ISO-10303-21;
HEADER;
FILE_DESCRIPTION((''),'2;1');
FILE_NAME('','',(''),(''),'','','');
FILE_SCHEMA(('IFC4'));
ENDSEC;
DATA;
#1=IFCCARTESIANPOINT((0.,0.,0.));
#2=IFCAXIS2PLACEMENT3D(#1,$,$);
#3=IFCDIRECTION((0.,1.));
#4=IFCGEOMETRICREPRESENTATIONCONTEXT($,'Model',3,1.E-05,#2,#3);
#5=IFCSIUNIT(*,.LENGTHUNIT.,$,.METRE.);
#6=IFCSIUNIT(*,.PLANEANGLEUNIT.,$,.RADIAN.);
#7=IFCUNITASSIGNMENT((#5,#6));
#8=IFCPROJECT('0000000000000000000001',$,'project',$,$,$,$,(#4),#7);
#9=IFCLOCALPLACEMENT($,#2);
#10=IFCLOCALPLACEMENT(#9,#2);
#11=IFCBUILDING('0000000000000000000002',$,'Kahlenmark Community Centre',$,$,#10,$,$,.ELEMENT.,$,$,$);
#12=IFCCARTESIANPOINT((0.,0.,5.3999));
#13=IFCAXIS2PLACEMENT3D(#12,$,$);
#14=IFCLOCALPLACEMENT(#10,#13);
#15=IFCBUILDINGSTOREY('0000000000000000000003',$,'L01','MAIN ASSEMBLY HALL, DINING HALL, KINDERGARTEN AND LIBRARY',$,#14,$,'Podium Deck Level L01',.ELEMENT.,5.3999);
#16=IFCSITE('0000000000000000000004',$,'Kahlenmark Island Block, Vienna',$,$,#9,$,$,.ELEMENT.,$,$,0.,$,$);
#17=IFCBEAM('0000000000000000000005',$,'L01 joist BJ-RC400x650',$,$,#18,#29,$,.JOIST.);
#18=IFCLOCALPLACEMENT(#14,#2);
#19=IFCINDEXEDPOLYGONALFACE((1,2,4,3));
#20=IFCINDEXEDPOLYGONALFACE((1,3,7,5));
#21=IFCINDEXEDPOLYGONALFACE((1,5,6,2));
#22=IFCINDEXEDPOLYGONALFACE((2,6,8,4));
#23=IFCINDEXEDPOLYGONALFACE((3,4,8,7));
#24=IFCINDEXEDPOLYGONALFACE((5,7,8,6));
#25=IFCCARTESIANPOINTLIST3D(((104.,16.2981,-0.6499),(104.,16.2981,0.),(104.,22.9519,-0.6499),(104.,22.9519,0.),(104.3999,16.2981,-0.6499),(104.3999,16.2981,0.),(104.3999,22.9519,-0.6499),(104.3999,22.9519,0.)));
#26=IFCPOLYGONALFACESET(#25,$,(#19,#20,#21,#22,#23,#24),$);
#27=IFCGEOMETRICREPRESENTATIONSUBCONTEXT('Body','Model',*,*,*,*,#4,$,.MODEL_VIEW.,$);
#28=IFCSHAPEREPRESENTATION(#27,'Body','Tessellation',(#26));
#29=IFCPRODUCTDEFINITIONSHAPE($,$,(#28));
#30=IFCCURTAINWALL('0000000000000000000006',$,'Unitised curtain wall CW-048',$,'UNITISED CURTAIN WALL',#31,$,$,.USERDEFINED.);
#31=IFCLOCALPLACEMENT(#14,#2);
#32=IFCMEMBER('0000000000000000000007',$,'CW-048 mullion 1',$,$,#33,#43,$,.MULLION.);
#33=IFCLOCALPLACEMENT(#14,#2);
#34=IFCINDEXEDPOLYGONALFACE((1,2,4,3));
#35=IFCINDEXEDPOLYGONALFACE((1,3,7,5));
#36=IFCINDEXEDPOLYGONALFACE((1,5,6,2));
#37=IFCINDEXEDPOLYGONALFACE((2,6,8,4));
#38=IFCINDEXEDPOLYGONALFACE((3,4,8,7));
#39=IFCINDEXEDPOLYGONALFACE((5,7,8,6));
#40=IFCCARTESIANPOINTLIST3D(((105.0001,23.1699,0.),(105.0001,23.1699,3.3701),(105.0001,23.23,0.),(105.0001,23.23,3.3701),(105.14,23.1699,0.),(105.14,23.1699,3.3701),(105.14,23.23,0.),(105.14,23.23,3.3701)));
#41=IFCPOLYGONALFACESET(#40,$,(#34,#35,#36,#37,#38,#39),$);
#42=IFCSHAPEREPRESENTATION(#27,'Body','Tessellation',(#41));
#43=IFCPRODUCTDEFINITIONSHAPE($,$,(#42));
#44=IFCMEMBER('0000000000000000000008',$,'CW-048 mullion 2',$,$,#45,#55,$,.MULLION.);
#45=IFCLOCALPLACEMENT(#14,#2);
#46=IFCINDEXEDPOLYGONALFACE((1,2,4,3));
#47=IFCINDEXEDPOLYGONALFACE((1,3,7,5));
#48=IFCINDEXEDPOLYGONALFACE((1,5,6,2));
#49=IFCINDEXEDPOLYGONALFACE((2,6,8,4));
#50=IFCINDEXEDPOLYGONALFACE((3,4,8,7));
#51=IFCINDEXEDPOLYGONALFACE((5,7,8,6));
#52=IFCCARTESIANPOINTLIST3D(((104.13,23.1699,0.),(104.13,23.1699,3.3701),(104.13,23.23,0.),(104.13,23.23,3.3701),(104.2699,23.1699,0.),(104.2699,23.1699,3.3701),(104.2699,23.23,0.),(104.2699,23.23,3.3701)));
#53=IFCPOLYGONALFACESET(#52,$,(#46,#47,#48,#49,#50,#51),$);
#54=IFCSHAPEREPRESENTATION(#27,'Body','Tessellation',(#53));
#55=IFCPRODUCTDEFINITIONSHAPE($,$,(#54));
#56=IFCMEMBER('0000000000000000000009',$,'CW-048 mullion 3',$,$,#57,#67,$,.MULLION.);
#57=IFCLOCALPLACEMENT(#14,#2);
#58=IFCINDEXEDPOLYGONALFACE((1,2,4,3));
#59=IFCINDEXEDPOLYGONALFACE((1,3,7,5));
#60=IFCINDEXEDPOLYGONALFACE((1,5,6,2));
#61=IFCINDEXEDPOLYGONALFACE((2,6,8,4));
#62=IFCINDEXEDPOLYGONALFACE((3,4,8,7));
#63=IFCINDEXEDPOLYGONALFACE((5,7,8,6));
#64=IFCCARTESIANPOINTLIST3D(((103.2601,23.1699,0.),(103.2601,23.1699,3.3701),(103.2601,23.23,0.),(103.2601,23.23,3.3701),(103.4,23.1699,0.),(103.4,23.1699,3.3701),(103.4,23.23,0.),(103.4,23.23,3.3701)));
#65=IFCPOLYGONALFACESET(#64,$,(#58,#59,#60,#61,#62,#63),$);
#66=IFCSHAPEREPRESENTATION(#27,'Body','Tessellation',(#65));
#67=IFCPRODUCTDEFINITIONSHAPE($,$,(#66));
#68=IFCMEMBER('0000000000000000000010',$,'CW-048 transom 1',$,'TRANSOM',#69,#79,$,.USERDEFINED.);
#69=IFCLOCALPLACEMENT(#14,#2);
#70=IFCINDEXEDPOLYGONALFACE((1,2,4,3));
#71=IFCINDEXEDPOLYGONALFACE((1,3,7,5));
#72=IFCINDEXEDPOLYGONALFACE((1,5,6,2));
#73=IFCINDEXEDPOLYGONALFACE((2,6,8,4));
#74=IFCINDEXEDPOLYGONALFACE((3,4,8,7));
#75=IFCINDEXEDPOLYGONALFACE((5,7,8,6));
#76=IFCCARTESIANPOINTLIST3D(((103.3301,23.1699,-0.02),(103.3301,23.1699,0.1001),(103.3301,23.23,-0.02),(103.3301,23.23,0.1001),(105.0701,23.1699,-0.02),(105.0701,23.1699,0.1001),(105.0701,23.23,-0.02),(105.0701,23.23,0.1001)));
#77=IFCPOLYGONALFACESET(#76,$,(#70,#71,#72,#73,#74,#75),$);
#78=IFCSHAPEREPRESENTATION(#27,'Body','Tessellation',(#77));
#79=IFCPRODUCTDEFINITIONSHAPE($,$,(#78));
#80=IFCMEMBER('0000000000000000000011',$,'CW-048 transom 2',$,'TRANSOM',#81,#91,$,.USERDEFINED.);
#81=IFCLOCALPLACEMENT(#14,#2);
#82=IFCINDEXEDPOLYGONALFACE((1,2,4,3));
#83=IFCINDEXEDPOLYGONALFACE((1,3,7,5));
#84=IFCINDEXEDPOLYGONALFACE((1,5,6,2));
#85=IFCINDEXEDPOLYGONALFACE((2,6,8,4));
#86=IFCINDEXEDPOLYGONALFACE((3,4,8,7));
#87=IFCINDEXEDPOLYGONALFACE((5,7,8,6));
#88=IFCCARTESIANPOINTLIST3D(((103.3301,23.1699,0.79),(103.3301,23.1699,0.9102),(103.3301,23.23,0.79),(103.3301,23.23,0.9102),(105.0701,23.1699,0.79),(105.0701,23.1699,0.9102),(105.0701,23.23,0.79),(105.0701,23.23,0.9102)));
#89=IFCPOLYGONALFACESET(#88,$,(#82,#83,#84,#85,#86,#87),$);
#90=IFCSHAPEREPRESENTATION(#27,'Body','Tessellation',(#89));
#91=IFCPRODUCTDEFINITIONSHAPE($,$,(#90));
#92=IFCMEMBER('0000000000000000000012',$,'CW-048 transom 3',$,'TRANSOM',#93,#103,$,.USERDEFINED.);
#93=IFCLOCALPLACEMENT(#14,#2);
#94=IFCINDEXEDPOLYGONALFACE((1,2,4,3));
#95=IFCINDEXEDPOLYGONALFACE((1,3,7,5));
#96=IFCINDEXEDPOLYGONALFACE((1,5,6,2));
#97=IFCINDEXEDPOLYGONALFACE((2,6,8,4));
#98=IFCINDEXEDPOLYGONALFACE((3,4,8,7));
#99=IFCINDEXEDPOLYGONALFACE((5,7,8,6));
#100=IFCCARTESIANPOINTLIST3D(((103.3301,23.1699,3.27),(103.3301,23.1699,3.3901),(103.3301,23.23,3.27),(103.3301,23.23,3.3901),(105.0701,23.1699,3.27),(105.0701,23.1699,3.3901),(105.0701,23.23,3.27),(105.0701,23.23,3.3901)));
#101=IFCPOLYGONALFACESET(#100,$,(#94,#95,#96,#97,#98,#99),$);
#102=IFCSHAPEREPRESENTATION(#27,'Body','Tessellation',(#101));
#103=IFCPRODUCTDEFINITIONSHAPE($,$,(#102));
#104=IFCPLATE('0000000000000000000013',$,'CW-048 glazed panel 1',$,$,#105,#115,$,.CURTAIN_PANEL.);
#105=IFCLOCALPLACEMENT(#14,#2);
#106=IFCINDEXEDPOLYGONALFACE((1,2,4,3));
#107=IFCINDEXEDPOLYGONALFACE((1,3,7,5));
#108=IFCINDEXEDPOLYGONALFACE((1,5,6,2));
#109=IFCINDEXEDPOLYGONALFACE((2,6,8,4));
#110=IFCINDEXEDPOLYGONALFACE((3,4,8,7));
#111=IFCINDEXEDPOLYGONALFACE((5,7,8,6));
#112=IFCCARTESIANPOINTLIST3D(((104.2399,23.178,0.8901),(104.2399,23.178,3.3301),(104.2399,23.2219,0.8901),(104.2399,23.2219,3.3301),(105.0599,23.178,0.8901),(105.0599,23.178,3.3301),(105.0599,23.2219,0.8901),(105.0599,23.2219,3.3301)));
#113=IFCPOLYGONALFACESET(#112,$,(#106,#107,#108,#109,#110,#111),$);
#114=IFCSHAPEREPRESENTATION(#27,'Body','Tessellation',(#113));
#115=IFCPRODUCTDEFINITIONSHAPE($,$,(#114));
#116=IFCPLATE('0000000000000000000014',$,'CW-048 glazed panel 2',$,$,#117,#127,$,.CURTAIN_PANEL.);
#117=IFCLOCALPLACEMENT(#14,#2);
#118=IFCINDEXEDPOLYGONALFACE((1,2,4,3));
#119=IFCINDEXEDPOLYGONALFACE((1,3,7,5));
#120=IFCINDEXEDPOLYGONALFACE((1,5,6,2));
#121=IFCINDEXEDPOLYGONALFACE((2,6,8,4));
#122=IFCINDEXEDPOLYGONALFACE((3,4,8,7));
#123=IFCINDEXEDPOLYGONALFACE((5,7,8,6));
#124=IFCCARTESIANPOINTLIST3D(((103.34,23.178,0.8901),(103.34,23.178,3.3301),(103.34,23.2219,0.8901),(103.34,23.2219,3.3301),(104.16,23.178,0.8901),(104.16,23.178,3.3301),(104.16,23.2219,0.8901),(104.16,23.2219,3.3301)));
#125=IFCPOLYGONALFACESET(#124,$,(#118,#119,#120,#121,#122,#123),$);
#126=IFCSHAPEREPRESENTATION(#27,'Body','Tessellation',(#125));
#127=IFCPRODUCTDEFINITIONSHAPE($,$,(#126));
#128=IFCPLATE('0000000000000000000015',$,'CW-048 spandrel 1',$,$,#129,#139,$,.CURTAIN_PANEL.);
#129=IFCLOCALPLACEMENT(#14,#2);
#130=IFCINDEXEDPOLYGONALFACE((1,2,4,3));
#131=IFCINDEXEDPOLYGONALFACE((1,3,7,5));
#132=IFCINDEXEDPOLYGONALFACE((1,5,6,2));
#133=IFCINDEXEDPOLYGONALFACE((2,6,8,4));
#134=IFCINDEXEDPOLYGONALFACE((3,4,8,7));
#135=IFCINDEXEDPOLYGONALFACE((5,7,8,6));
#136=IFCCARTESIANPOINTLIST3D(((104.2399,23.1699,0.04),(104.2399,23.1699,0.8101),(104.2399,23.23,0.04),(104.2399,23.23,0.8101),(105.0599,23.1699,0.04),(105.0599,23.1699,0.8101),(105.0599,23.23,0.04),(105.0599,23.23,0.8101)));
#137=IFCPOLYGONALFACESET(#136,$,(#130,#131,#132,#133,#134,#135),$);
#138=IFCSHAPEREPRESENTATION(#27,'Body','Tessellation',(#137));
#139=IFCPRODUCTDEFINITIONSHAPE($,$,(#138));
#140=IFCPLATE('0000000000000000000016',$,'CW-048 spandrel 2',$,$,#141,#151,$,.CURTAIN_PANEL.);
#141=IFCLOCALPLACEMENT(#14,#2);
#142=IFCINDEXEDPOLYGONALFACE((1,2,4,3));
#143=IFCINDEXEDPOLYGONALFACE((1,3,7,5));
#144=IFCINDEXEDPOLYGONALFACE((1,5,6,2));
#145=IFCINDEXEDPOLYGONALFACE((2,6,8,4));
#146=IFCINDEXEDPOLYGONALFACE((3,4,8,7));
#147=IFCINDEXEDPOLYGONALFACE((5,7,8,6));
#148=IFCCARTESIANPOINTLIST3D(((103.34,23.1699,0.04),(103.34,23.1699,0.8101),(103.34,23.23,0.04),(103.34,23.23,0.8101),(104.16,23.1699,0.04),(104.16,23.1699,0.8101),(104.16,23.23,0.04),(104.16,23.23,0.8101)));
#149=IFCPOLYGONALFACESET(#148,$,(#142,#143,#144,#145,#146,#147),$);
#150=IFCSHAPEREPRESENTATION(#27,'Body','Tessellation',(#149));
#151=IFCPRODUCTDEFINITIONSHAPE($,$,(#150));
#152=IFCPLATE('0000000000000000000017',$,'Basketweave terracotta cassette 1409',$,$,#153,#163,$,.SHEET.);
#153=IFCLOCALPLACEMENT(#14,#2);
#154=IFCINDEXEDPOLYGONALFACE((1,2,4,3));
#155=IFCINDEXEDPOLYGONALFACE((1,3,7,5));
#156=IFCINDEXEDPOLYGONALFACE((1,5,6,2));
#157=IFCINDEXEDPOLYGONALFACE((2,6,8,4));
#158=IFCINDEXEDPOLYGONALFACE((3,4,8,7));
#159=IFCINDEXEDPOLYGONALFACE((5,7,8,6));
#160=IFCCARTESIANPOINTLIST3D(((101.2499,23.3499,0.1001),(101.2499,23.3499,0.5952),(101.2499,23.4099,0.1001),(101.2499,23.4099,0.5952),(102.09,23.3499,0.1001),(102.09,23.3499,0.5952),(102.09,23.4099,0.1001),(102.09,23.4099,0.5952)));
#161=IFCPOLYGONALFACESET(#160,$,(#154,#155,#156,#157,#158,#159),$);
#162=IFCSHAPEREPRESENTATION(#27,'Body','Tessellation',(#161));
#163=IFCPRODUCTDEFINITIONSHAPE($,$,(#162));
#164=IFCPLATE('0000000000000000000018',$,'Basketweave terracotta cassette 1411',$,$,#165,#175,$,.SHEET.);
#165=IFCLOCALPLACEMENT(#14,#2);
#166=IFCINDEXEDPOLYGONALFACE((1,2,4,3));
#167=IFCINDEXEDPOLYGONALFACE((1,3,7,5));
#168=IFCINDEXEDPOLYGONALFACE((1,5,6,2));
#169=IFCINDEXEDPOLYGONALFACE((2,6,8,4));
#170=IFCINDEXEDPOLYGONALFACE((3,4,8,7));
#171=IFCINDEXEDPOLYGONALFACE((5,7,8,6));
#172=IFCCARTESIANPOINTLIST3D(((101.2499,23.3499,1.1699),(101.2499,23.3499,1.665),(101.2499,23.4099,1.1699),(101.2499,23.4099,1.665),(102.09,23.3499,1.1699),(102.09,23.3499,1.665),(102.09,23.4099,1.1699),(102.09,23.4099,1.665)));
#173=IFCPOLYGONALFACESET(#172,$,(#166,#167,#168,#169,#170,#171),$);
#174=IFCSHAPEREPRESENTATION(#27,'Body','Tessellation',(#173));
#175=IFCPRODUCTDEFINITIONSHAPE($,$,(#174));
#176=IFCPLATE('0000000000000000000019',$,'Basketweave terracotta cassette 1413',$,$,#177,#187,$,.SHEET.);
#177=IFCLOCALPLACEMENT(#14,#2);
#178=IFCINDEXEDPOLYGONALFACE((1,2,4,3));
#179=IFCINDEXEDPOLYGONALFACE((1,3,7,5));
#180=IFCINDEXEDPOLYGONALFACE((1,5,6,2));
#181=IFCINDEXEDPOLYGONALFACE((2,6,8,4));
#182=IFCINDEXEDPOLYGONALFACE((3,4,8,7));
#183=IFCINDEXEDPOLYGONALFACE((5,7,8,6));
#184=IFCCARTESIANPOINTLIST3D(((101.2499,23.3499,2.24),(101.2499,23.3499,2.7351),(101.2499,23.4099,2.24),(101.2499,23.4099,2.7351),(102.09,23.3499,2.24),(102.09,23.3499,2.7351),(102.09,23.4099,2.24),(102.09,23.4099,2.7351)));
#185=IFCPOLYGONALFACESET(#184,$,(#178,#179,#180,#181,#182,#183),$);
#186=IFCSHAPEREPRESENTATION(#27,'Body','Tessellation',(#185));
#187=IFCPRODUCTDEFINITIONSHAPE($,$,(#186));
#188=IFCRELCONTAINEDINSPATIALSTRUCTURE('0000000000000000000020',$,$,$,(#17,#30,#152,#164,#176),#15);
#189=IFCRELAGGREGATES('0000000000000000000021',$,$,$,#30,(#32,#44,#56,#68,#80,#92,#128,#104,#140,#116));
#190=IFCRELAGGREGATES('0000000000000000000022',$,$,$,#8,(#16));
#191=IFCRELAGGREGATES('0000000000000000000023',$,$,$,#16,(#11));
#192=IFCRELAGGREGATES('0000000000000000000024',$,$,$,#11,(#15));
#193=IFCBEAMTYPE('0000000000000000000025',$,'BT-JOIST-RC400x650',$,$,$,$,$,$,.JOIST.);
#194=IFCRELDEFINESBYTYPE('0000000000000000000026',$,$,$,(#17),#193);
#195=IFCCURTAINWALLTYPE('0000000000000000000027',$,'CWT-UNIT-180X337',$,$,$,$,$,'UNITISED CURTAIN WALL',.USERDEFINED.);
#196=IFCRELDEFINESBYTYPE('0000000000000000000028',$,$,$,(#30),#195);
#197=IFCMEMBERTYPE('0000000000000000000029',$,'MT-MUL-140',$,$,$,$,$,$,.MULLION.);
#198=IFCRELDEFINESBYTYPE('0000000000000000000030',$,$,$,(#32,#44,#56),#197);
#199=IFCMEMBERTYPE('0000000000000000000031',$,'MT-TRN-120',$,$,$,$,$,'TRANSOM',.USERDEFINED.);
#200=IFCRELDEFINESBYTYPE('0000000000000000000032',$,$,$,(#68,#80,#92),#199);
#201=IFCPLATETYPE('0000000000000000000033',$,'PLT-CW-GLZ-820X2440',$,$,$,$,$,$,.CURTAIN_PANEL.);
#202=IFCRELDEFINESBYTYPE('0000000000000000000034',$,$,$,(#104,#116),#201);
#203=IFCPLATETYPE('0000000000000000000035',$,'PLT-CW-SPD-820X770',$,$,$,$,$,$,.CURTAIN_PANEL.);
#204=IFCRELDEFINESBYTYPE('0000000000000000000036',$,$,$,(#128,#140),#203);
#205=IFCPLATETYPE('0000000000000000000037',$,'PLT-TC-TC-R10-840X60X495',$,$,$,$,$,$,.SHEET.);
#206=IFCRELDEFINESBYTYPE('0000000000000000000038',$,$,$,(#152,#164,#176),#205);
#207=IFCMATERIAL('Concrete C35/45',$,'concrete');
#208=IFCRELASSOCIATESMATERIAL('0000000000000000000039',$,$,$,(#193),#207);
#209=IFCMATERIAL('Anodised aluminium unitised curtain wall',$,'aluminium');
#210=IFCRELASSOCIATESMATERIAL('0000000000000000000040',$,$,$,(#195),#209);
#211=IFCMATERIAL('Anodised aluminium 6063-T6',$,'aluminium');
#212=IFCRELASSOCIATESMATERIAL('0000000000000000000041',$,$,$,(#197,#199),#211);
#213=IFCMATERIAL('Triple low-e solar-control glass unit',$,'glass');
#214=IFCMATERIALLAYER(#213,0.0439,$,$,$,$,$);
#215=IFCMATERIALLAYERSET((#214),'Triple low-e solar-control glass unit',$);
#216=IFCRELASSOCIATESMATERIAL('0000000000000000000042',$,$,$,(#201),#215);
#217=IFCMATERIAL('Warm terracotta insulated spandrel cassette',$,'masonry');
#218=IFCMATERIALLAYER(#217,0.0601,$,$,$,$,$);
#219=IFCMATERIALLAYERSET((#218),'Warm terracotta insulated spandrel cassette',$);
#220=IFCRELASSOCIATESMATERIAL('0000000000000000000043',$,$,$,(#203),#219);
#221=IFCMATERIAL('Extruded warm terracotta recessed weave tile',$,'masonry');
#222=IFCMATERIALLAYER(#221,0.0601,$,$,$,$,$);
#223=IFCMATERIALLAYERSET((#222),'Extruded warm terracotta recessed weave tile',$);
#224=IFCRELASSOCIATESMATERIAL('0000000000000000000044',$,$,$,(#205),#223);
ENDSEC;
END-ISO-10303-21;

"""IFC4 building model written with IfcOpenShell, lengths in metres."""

from ifc_helpers import new_model, si_unit, direction, frame, origin, origin_2d, place, context, subcontext, project, spatial, rectangle, extrude, material, layer, layer_set, material_profile, profile_set, type_object, element, aggregate, save


model = new_model("IFC4")

# Units and contexts
model_context = context("Model", 3, precision=1e-05, world=origin(), true_north=direction((0.0, 1.0)))
body_context = subcontext(model_context, "Body", "Model", "MODEL_VIEW")
ifc_project = project(units=[si_unit("LENGTHUNIT", "METRE"), si_unit("PLANEANGLEUNIT", "RADIAN")], contexts=[model_context])

# Site, building, storey
site_placement = place(None, origin())
site = spatial("IfcSite", under=ifc_project, at=site_placement, Name="Kahlenmark Island Block, Vienna", CompositionType="ELEMENT", RefElevation=0.0)
building_placement = place(site_placement, origin())
building = spatial("IfcBuilding", under=site, at=building_placement, Name="Kahlenmark Community Centre", CompositionType="ELEMENT")
storey_placement = place(building_placement, frame((0.0, 0.0, 5.3999)))
storey = spatial("IfcBuildingStorey", under=building, at=storey_placement, Name="L01", Description="MAIN ASSEMBLY HALL, DINING HALL, KINDERGARTEN AND LIBRARY", LongName="Podium Deck Level L01", CompositionType="ELEMENT", Elevation=5.3999)

# Beam
ifc_material_1 = material(Name="Concrete C35/45", Category="concrete")
ifc_material_profile_1 = material_profile(ifc_material_1, rectangle(XDim=0.3999, YDim=0.6499, at=origin_2d()), Name="RC 400x650")
ifc_profile_set_1 = profile_set([ifc_material_profile_1], Name="Concrete C35/45")
beam_type = type_object("IfcBeamType", Name="BT-JOIST-RC400x650", PredefinedType="JOIST", material=ifc_profile_set_1)
beam_placement = place(storey_placement, frame((104.2, 16.2981, -0.325), z_axis=(0.0, 1.0, 0.0), x_axis=(-1.0, 0.0, 0.0)))
element("IfcBeam", 1, at=beam_placement, inside=storey, type_object=beam_type, Name="L01 joist BJ-RC400x650", PredefinedType="JOIST", context=body_context, shape_type="SweptSolid", body=[
    extrude(rectangle(XDim=0.3999, YDim=0.6499, at=origin_2d()), origin(), (0.0, 0.0, 1.0), 6.6538),
])

# Curtain wall, members, plates
ifc_material_2 = material(Name="Anodised aluminium unitised curtain wall", Category="aluminium")
curtain_wall_type = type_object("IfcCurtainWallType", Name="CWT-UNIT-180X337", ElementType="UNITISED CURTAIN WALL", PredefinedType="USERDEFINED", material=ifc_material_2)
curtain_wall_placement = place(storey_placement, origin())
curtain_wall = element("IfcCurtainWall", 2, at=curtain_wall_placement, inside=storey, type_object=curtain_wall_type, Name="Unitised curtain wall CW-048", ObjectType="UNITISED CURTAIN WALL", PredefinedType="USERDEFINED")
ifc_material_3 = material(Name="Anodised aluminium 6063-T6", Category="aluminium")
ifc_material_profile_2 = material_profile(ifc_material_3, rectangle(XDim=0.0601, YDim=0.1399, at=origin_2d()), Name="ALU MULLION 60x140")
ifc_profile_set_2 = profile_set([ifc_material_profile_2], Name="Anodised aluminium 6063-T6")
member_type_1 = type_object("IfcMemberType", Name="MT-MUL-140", PredefinedType="MULLION", material=ifc_profile_set_2)
member_1_placement = place(storey_placement, frame((105.0701, 23.2, 0.0), z_axis=(0.0, 0.0, 1.0), x_axis=(0.0, -1.0, 0.0)))
member_1 = element("IfcMember", 3, at=member_1_placement, type_object=member_type_1, Name="CW-048 mullion 1", PredefinedType="MULLION", context=body_context, shape_type="SweptSolid", body=[
    extrude(rectangle(XDim=0.0601, YDim=0.1399, at=origin_2d()), origin(), (0.0, 0.0, 1.0), 3.3701),
])
member_2_placement = place(storey_placement, frame((104.2, 23.2, 0.0), z_axis=(0.0, 0.0, 1.0), x_axis=(0.0, -1.0, 0.0)))
member_2 = element("IfcMember", 4, at=member_2_placement, type_object=member_type_1, Name="CW-048 mullion 2", PredefinedType="MULLION", context=body_context, shape_type="SweptSolid", body=[
    extrude(rectangle(XDim=0.0601, YDim=0.1399, at=origin_2d()), origin(), (0.0, 0.0, 1.0), 3.3701),
])
member_3_placement = place(storey_placement, frame((103.3301, 23.2, 0.0), z_axis=(0.0, 0.0, 1.0), x_axis=(0.0, -1.0, 0.0)))
member_3 = element("IfcMember", 5, at=member_3_placement, type_object=member_type_1, Name="CW-048 mullion 3", PredefinedType="MULLION", context=body_context, shape_type="SweptSolid", body=[
    extrude(rectangle(XDim=0.0601, YDim=0.1399, at=origin_2d()), origin(), (0.0, 0.0, 1.0), 3.3701),
])
ifc_material_profile_3 = material_profile(ifc_material_3, rectangle(XDim=0.0601, YDim=0.1201, at=origin_2d()), Name="ALU TRANSOM 60x120")
ifc_profile_set_3 = profile_set([ifc_material_profile_3], Name="Anodised aluminium 6063-T6")
member_type_2 = type_object("IfcMemberType", Name="MT-TRN-120", ElementType="TRANSOM", PredefinedType="USERDEFINED", material=ifc_profile_set_3)
member_4_placement = place(storey_placement, frame((105.0701, 23.2, 0.04), z_axis=(-1.0, 0.0, 0.0), x_axis=(0.0, -1.0, 0.0)))
member_4 = element("IfcMember", 6, at=member_4_placement, type_object=member_type_2, Name="CW-048 transom 1", ObjectType="TRANSOM", PredefinedType="USERDEFINED", context=body_context, shape_type="SweptSolid", body=[
    extrude(rectangle(XDim=0.0601, YDim=0.1201, at=origin_2d()), origin(), (0.0, 0.0, 1.0), 1.74),
])
member_5_placement = place(storey_placement, frame((105.0701, 23.2, 0.8501), z_axis=(-1.0, 0.0, 0.0), x_axis=(0.0, -1.0, 0.0)))
member_5 = element("IfcMember", 7, at=member_5_placement, type_object=member_type_2, Name="CW-048 transom 2", ObjectType="TRANSOM", PredefinedType="USERDEFINED", context=body_context, shape_type="SweptSolid", body=[
    extrude(rectangle(XDim=0.0601, YDim=0.1201, at=origin_2d()), origin(), (0.0, 0.0, 1.0), 1.74),
])
member_6_placement = place(storey_placement, frame((105.0701, 23.2, 3.3301), z_axis=(-1.0, 0.0, 0.0), x_axis=(0.0, -1.0, 0.0)))
member_6 = element("IfcMember", 8, at=member_6_placement, type_object=member_type_2, Name="CW-048 transom 3", ObjectType="TRANSOM", PredefinedType="USERDEFINED", context=body_context, shape_type="SweptSolid", body=[
    extrude(rectangle(XDim=0.0601, YDim=0.1201, at=origin_2d()), origin(), (0.0, 0.0, 1.0), 1.74),
])
ifc_material_4 = material(Name="Triple low-e solar-control glass unit", Category="glass")
ifc_layer_1 = layer(ifc_material_4, 0.0439)
ifc_layer_set_1 = layer_set([ifc_layer_1], Name="Triple low-e solar-control glass unit")
plate_type_1 = type_object("IfcPlateType", Name="PLT-CW-GLZ-820X2440", PredefinedType="CURTAIN_PANEL", material=ifc_layer_set_1)
plate_1_placement = place(storey_placement, frame((104.6499, 23.2, 0.8901), z_axis=(0.0, 0.0, 1.0), x_axis=(-1.0, 0.0, 0.0)))
plate_1 = element("IfcPlate", 9, at=plate_1_placement, type_object=plate_type_1, Name="CW-048 glazed panel 1", PredefinedType="CURTAIN_PANEL", context=body_context, shape_type="SweptSolid", body=[
    extrude(rectangle(XDim=0.8201, YDim=0.0439, at=origin_2d()), origin(), (0.0, 0.0, 1.0), 2.4399),
])
plate_2_placement = place(storey_placement, frame((103.75, 23.2, 0.8901), z_axis=(0.0, 0.0, 1.0), x_axis=(-1.0, 0.0, 0.0)))
plate_2 = element("IfcPlate", 10, at=plate_2_placement, type_object=plate_type_1, Name="CW-048 glazed panel 2", PredefinedType="CURTAIN_PANEL", context=body_context, shape_type="SweptSolid", body=[
    extrude(rectangle(XDim=0.8201, YDim=0.0439, at=origin_2d()), origin(), (0.0, 0.0, 1.0), 2.4399),
])
ifc_material_5 = material(Name="Warm terracotta insulated spandrel cassette", Category="masonry")
ifc_layer_2 = layer(ifc_material_5, 0.0601)
ifc_layer_set_2 = layer_set([ifc_layer_2], Name="Warm terracotta insulated spandrel cassette")
plate_type_2 = type_object("IfcPlateType", Name="PLT-CW-SPD-820X770", PredefinedType="CURTAIN_PANEL", material=ifc_layer_set_2)
plate_3_placement = place(storey_placement, frame((104.6499, 23.2, 0.04), z_axis=(0.0, 0.0, 1.0), x_axis=(-1.0, 0.0, 0.0)))
plate_3 = element("IfcPlate", 11, at=plate_3_placement, type_object=plate_type_2, Name="CW-048 spandrel 1", PredefinedType="CURTAIN_PANEL", context=body_context, shape_type="SweptSolid", body=[
    extrude(rectangle(XDim=0.8201, YDim=0.0601, at=origin_2d()), origin(), (0.0, 0.0, 1.0), 0.77),
])
plate_4_placement = place(storey_placement, frame((103.75, 23.2, 0.04), z_axis=(0.0, 0.0, 1.0), x_axis=(-1.0, 0.0, 0.0)))
plate_4 = element("IfcPlate", 12, at=plate_4_placement, type_object=plate_type_2, Name="CW-048 spandrel 2", PredefinedType="CURTAIN_PANEL", context=body_context, shape_type="SweptSolid", body=[
    extrude(rectangle(XDim=0.8201, YDim=0.0601, at=origin_2d()), origin(), (0.0, 0.0, 1.0), 0.77),
])
aggregate(curtain_wall, [member_1, member_2, member_3, member_4, member_5, member_6, plate_3, plate_1, plate_4, plate_2])

# Plates
ifc_material_6 = material(Name="Extruded warm terracotta recessed weave tile", Category="masonry")
ifc_layer_3 = layer(ifc_material_6, 0.0601)
ifc_layer_set_3 = layer_set([ifc_layer_3], Name="Extruded warm terracotta recessed weave tile")
plate_type_3 = type_object("IfcPlateType", Name="PLT-TC-TC-R10-840X60X495", PredefinedType="SHEET", material=ifc_layer_set_3)
for number, where, z_axis, x_axis, name in (
    (13, (101.6699, 23.3799, 0.1001), (0.0, 0.0, 1.0), (-1.0, 0.0, 0.0), "Basketweave terracotta cassette 1409"),
    (14, (101.6699, 23.3799, 1.1699), (0.0, 0.0, 1.0), (-1.0, 0.0, 0.0), "Basketweave terracotta cassette 1411"),
    (15, (101.6699, 23.3799, 2.24), (0.0, 0.0, 1.0), (-1.0, 0.0, 0.0), "Basketweave terracotta cassette 1413"),
):
    element("IfcPlate", number, at=place(storey_placement, frame(where, z_axis=z_axis, x_axis=x_axis)), inside=storey, type_object=plate_type_3, Name=name, PredefinedType="SHEET", context=body_context, shape_type="SweptSolid", body=[
        extrude(rectangle(XDim=0.8401, YDim=0.0601, at=origin_2d()), origin(), (0.0, 0.0, 1.0), 0.4951),
    ])

save(model, "model.ifc")
